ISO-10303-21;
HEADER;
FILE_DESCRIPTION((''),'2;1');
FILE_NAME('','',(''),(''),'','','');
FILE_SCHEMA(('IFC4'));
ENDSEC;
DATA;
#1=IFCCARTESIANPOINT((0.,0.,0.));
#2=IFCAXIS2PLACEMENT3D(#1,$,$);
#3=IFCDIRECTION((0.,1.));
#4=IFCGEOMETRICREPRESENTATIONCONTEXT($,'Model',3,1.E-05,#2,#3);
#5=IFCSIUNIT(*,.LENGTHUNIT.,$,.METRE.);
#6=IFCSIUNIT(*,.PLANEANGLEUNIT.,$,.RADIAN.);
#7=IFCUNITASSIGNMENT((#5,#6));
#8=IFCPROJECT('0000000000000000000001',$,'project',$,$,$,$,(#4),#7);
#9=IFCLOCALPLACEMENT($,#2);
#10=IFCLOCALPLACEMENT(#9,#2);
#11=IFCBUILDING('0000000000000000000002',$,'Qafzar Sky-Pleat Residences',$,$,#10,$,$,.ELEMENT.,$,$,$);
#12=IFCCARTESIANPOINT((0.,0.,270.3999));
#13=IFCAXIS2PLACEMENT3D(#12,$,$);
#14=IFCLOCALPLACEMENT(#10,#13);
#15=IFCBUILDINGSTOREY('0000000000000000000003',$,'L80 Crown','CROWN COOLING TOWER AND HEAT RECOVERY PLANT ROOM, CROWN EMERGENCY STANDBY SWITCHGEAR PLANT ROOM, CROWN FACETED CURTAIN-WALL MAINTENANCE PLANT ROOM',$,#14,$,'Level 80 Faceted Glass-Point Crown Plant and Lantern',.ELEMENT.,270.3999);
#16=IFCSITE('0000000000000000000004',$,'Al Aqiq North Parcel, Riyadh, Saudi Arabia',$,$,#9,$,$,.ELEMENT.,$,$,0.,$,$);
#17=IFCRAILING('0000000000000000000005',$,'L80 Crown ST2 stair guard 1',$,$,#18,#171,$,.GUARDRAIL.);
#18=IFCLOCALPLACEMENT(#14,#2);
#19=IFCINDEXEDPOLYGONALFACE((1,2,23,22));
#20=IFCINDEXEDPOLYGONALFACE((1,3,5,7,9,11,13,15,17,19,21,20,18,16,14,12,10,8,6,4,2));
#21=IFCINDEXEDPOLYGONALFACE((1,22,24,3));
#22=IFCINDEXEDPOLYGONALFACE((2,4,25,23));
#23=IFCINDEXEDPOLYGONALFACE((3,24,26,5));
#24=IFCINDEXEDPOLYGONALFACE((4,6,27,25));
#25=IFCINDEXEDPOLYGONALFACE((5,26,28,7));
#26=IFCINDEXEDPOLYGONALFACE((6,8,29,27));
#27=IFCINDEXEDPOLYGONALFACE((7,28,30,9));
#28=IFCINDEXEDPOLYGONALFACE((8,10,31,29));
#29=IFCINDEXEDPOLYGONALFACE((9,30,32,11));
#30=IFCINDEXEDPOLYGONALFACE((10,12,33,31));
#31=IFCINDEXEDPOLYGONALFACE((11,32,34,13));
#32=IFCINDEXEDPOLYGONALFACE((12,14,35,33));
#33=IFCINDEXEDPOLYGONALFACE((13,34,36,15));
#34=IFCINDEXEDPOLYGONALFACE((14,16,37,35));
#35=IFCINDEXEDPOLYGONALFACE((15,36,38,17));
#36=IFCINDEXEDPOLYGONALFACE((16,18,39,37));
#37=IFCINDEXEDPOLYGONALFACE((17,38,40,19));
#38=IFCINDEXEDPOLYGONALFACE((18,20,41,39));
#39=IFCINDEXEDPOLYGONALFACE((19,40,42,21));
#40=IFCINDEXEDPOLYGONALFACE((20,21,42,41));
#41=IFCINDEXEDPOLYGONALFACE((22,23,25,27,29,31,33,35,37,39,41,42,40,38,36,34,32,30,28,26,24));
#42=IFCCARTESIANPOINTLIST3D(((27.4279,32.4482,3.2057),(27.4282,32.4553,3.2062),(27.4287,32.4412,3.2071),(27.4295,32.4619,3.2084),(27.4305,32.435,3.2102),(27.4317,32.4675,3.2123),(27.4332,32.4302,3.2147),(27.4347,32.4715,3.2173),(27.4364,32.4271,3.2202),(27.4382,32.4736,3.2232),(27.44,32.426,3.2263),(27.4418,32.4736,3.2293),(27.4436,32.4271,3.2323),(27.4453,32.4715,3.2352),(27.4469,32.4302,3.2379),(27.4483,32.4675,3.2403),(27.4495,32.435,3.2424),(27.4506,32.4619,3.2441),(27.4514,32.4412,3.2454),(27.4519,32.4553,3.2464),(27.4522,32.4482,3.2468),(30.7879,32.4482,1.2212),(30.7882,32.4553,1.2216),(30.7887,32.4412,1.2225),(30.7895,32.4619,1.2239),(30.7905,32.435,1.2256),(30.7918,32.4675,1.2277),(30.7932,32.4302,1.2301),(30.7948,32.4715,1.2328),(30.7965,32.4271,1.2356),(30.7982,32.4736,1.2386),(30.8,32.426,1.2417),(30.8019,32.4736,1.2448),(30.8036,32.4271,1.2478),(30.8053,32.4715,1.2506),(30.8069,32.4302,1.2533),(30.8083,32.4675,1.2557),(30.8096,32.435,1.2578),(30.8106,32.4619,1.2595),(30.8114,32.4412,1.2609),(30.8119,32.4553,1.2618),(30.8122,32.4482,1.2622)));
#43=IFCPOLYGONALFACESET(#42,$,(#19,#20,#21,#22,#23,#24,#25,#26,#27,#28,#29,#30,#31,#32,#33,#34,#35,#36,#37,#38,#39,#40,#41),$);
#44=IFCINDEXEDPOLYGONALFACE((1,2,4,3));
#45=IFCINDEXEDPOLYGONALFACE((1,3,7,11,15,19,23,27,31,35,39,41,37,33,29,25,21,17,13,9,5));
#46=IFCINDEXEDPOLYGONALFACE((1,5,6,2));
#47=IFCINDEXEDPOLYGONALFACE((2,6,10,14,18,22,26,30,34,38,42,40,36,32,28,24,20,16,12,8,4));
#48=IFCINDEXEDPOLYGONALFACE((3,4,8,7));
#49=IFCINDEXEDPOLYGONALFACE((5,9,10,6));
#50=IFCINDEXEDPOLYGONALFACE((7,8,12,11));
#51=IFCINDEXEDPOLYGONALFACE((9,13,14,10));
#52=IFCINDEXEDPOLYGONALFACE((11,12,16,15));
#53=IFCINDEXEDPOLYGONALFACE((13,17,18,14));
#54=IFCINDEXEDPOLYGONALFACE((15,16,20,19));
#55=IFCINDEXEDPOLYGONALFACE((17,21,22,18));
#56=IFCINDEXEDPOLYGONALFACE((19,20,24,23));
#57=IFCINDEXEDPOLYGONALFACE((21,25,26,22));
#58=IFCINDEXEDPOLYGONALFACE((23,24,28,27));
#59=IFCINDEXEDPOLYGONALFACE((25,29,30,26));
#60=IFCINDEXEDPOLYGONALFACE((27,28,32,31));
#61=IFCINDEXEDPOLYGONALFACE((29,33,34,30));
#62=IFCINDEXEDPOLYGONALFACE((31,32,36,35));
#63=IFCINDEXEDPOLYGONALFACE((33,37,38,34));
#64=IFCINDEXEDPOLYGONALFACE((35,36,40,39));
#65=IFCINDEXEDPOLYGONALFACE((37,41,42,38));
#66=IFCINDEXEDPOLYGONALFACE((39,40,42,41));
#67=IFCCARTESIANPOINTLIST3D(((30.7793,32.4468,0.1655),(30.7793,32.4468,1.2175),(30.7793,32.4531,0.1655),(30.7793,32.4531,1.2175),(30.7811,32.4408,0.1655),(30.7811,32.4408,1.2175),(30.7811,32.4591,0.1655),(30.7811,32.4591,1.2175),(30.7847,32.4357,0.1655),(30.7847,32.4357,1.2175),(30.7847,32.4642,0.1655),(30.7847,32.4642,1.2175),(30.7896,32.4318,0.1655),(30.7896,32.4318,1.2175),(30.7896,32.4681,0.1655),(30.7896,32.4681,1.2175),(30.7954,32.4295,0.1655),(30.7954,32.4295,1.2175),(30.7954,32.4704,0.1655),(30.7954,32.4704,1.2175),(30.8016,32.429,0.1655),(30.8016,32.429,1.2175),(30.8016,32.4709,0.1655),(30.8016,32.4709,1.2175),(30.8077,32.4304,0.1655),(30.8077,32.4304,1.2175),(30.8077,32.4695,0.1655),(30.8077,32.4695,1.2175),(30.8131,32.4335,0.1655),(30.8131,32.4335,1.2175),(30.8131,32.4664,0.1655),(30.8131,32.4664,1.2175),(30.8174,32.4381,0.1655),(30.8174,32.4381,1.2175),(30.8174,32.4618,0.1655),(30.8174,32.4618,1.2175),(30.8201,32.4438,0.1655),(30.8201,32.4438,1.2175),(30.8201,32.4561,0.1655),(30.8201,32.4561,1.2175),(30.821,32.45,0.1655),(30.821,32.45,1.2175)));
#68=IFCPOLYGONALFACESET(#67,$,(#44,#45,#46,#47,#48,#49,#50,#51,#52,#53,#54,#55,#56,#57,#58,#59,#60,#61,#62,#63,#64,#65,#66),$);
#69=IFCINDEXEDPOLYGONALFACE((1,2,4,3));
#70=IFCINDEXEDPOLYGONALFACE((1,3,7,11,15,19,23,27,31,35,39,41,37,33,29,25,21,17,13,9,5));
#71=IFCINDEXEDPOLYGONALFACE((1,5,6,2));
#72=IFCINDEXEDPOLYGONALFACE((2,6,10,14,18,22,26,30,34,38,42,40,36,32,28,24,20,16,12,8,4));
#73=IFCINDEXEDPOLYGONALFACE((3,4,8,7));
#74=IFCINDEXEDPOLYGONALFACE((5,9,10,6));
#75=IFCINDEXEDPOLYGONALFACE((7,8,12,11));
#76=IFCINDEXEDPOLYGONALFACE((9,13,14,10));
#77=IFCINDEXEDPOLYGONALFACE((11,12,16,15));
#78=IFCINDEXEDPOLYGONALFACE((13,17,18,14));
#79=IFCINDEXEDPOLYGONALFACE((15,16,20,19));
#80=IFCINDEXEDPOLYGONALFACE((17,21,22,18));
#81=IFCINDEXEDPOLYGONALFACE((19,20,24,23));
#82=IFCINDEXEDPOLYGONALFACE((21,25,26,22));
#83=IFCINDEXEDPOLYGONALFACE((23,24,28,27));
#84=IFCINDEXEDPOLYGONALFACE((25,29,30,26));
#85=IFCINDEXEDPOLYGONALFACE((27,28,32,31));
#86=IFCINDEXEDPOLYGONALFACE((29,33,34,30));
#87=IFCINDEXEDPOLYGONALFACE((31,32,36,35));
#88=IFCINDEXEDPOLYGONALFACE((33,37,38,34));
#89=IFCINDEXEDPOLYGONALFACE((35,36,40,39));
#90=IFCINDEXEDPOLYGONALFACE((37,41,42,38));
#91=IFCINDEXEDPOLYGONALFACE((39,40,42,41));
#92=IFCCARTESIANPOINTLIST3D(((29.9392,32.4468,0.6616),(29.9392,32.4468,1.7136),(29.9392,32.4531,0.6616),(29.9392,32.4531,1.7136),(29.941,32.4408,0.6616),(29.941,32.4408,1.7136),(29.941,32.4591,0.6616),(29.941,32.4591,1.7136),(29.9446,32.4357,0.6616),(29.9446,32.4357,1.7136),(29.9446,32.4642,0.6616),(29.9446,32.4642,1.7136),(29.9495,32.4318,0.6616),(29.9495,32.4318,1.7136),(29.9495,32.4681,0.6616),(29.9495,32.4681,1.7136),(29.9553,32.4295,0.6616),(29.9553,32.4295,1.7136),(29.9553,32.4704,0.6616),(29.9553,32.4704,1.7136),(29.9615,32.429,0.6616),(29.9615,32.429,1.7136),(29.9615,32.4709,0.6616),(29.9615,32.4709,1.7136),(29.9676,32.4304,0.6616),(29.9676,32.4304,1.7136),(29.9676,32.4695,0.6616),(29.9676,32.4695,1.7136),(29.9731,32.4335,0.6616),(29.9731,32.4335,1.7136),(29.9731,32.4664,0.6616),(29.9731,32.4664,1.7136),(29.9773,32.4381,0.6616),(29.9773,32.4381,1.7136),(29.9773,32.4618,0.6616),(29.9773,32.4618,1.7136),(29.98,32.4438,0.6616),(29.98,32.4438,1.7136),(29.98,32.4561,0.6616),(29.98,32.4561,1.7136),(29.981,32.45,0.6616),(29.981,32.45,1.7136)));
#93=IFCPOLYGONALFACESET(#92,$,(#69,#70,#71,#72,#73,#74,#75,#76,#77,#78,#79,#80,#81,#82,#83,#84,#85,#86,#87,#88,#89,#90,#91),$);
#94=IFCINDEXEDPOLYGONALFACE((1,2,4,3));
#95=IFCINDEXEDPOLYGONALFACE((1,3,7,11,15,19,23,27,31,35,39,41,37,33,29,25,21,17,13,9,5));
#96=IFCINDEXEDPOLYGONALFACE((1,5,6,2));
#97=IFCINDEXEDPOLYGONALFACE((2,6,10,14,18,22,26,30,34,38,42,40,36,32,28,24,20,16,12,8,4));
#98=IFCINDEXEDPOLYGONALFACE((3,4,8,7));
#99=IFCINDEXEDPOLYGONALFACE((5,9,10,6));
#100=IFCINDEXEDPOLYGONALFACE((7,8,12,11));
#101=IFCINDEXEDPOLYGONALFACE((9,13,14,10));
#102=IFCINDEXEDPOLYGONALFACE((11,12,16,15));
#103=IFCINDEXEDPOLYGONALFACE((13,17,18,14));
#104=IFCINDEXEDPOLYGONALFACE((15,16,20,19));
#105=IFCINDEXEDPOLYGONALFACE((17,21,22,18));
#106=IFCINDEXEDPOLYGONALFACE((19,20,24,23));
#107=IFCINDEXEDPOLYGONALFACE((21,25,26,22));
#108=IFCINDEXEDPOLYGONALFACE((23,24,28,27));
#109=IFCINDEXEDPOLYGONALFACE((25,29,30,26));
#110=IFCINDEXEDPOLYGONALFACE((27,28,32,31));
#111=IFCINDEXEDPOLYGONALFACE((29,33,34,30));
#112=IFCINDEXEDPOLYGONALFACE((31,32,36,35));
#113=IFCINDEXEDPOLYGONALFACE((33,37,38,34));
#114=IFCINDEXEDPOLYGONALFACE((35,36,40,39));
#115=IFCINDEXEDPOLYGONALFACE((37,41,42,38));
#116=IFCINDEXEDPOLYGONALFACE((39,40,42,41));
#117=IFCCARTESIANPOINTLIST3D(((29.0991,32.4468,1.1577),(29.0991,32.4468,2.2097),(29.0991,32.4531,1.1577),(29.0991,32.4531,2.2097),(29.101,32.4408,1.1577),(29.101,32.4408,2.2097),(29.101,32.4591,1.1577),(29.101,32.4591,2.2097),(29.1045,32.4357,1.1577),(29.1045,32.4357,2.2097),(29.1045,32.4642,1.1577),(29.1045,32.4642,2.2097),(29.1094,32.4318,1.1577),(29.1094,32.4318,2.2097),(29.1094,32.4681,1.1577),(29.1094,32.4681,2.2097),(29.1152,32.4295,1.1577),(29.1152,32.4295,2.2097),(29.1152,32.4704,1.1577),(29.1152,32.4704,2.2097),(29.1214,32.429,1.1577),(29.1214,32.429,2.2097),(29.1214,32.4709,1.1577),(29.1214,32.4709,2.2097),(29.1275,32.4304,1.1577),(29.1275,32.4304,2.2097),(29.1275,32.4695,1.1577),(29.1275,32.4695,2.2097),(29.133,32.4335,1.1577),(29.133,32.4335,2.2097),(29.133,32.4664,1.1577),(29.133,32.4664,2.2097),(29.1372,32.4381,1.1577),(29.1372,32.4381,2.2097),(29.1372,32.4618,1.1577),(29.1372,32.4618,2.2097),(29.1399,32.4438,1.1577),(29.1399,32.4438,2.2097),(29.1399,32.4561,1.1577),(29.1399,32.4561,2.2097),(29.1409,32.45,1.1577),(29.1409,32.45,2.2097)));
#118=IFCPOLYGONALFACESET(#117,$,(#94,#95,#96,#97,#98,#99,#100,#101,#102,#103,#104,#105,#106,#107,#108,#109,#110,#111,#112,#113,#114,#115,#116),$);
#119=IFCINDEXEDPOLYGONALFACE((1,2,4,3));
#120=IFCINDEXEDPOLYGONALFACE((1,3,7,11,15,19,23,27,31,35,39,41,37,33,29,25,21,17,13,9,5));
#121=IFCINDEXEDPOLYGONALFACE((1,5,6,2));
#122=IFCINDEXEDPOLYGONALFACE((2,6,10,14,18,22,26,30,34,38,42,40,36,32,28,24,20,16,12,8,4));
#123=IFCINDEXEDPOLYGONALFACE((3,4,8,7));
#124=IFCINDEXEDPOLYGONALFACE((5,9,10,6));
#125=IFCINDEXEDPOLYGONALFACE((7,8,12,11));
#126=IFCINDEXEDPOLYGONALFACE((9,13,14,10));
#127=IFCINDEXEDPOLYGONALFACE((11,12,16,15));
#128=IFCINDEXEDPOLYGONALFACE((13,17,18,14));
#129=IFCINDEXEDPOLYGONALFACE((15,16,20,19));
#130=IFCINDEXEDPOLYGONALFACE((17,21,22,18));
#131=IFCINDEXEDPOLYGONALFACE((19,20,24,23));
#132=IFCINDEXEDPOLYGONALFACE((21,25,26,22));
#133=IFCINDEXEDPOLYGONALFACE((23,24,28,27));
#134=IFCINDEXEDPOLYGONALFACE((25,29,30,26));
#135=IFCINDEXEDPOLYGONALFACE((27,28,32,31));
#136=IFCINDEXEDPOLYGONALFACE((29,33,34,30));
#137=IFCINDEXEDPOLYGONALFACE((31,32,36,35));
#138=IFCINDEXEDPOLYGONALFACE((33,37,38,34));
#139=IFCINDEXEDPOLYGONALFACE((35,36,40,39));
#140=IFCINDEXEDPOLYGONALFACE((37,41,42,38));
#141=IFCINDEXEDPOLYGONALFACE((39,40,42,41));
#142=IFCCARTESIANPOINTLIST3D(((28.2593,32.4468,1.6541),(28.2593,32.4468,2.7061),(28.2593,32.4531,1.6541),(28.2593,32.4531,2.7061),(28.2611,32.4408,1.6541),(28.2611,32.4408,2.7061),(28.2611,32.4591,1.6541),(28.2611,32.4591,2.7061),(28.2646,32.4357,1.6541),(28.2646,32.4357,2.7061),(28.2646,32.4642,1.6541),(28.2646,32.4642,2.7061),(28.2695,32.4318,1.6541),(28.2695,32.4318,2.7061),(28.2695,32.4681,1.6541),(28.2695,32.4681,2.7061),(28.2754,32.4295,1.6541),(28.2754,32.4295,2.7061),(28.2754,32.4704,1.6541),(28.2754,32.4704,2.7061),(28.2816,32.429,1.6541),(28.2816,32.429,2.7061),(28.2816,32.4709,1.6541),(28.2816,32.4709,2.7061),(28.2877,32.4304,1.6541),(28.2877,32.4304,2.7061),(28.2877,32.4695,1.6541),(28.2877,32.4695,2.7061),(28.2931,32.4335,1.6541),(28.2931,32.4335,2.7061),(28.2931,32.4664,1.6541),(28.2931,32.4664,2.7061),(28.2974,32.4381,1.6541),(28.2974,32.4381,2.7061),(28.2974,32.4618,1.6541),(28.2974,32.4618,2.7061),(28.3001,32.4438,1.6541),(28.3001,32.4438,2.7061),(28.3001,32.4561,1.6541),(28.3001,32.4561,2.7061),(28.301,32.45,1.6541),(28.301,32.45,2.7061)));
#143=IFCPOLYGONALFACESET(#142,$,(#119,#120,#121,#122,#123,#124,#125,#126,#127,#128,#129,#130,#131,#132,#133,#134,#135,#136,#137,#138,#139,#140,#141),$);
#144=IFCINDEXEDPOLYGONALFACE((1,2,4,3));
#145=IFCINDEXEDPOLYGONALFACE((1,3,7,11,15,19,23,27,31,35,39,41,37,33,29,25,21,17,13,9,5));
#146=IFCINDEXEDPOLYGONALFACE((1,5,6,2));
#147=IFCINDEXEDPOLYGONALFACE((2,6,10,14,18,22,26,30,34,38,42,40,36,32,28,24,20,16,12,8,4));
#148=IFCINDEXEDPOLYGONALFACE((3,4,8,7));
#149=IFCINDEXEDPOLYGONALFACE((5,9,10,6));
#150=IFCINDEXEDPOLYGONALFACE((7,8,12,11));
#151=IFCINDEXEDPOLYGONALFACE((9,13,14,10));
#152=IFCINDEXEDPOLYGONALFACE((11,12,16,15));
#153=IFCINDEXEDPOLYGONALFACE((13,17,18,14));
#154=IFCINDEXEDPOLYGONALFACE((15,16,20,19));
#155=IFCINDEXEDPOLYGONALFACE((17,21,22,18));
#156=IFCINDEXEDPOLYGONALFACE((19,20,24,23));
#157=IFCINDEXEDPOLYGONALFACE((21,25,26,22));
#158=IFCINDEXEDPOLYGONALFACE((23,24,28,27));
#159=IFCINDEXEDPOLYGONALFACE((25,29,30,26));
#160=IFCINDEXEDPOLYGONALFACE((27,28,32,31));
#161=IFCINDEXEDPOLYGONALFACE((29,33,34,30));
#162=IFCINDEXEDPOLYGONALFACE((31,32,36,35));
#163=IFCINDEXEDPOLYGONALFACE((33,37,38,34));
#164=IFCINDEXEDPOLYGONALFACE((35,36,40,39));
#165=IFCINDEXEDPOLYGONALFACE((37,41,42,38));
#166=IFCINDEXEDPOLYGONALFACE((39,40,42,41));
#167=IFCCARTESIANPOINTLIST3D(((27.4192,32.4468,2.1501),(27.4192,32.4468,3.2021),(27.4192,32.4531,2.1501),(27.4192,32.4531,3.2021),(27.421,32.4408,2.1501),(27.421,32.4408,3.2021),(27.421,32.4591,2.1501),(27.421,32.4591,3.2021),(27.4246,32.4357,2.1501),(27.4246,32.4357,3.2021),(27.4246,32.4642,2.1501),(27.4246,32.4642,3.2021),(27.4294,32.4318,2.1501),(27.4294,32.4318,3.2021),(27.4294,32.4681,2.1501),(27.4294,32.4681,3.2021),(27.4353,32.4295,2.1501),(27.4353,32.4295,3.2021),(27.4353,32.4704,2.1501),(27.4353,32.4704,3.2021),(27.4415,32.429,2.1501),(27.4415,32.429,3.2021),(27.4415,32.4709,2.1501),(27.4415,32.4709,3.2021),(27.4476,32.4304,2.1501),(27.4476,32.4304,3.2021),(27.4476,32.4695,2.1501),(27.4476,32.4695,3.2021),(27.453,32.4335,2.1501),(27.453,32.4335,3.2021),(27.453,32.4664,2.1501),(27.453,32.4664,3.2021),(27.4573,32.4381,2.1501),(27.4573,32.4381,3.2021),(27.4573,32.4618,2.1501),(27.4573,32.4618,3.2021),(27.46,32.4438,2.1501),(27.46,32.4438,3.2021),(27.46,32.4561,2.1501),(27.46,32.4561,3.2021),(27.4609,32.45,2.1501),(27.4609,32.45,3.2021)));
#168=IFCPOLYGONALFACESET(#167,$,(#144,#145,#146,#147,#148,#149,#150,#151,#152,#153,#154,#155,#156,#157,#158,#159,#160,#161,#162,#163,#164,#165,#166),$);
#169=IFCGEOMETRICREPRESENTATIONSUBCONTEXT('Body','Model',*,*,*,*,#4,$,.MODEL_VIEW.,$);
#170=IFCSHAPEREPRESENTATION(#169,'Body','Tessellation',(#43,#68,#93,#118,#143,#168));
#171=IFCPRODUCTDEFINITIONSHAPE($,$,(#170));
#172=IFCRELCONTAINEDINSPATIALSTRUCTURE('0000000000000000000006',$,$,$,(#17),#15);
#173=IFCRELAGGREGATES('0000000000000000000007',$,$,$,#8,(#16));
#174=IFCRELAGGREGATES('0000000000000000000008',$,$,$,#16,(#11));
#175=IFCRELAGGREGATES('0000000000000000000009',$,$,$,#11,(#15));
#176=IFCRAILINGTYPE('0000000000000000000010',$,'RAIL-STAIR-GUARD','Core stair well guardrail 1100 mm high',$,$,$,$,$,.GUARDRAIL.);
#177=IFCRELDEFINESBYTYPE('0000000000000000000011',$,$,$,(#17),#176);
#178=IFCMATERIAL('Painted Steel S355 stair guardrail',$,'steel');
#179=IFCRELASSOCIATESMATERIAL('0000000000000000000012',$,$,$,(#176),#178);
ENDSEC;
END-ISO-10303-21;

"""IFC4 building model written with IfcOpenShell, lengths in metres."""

from ifc_helpers import new_model, si_unit, direction, frame, origin, origin_2d, place, context, subcontext, project, spatial, circle, extrude, source, transform, mapped, material, type_object, element, save


model = new_model("IFC4")

# Units and contexts
model_context = context("Model", 3, precision=1e-05, world=origin(), true_north=direction((0.0, 1.0)))
body_context = subcontext(model_context, "Body", "Model", "MODEL_VIEW")
ifc_project = project(units=[si_unit("LENGTHUNIT", "METRE"), si_unit("PLANEANGLEUNIT", "RADIAN")], contexts=[model_context])

# Site, building, storey
site_placement = place(None, origin())
site = spatial("IfcSite", under=ifc_project, at=site_placement, Name="Al Aqiq North Parcel, Riyadh, Saudi Arabia", CompositionType="ELEMENT", RefElevation=0.0)
building_placement = place(site_placement, origin())
building = spatial("IfcBuilding", under=site, at=building_placement, Name="Qafzar Sky-Pleat Residences", CompositionType="ELEMENT")
storey_placement = place(building_placement, frame((0.0, 0.0, 270.3999)))
storey = spatial("IfcBuildingStorey", under=building, at=storey_placement, Name="L80 Crown", Description="CROWN COOLING TOWER AND HEAT RECOVERY PLANT ROOM, CROWN EMERGENCY STANDBY SWITCHGEAR PLANT ROOM, CROWN FACETED CURTAIN-WALL MAINTENANCE PLANT ROOM", LongName="Level 80 Faceted Glass-Point Crown Plant and Lantern", CompositionType="ELEMENT", Elevation=270.3999)

# Railing
ifc_material_1 = material(Name="Painted Steel S355 stair guardrail", Category="steel")
railing_type_1 = type_object("IfcRailingType", Name="RAIL-STAIR-GUARD", Description="Core stair well guardrail 1100 mm high", PredefinedType="GUARDRAIL", material=ifc_material_1)
shared_shape_1 = source(origin(), body_context, "Body", "SweptSolid", [
    extrude(circle(Radius=0.0239, at=origin_2d()), frame((0.0, 0.0, 1.0762), z_axis=(-0.861027, 0.0, 0.508559), x_axis=(0.0, -1.0, 0.0)), (0.0, 0.0, 1.0), 3.9023),
    extrude(circle(Radius=0.021, at=origin_2d()), origin(), (0.0, 0.0, 1.0), 1.052),
    extrude(circle(Radius=0.021, at=origin_2d()), frame((-0.8401, 0.0, 0.4961)), (0.0, 0.0, 1.0), 1.052),
    extrude(circle(Radius=0.021, at=origin_2d()), frame((-1.6802, 0.0, 0.9922)), (0.0, 0.0, 1.0), 1.052),
    extrude(circle(Radius=0.021, at=origin_2d()), frame((-2.52, 0.0, 1.4885)), (0.0, 0.0, 1.0), 1.052),
    extrude(circle(Radius=0.021, at=origin_2d()), frame((-3.3601, 0.0, 1.9846)), (0.0, 0.0, 1.0), 1.052),
])
railing_1_placement = place(storey_placement, frame((30.8, 32.45, 0.1655)))
element("IfcRailing", 1, at=railing_1_placement, inside=storey, type_object=railing_type_1, Name="L80 Crown ST2 stair guard 1", PredefinedType="GUARDRAIL", context=body_context, shape_type="MappedRepresentation", body=[
    mapped(shared_shape_1, transform((0.0, 0.0, 0.0), x_axis=(1.0, 0.0, 0.0), y_axis=(0.0, 1.0, 0.0), z_axis=(0.0, 0.0, 1.0), scale=1.0)),
])

save(model, "model.ifc")
